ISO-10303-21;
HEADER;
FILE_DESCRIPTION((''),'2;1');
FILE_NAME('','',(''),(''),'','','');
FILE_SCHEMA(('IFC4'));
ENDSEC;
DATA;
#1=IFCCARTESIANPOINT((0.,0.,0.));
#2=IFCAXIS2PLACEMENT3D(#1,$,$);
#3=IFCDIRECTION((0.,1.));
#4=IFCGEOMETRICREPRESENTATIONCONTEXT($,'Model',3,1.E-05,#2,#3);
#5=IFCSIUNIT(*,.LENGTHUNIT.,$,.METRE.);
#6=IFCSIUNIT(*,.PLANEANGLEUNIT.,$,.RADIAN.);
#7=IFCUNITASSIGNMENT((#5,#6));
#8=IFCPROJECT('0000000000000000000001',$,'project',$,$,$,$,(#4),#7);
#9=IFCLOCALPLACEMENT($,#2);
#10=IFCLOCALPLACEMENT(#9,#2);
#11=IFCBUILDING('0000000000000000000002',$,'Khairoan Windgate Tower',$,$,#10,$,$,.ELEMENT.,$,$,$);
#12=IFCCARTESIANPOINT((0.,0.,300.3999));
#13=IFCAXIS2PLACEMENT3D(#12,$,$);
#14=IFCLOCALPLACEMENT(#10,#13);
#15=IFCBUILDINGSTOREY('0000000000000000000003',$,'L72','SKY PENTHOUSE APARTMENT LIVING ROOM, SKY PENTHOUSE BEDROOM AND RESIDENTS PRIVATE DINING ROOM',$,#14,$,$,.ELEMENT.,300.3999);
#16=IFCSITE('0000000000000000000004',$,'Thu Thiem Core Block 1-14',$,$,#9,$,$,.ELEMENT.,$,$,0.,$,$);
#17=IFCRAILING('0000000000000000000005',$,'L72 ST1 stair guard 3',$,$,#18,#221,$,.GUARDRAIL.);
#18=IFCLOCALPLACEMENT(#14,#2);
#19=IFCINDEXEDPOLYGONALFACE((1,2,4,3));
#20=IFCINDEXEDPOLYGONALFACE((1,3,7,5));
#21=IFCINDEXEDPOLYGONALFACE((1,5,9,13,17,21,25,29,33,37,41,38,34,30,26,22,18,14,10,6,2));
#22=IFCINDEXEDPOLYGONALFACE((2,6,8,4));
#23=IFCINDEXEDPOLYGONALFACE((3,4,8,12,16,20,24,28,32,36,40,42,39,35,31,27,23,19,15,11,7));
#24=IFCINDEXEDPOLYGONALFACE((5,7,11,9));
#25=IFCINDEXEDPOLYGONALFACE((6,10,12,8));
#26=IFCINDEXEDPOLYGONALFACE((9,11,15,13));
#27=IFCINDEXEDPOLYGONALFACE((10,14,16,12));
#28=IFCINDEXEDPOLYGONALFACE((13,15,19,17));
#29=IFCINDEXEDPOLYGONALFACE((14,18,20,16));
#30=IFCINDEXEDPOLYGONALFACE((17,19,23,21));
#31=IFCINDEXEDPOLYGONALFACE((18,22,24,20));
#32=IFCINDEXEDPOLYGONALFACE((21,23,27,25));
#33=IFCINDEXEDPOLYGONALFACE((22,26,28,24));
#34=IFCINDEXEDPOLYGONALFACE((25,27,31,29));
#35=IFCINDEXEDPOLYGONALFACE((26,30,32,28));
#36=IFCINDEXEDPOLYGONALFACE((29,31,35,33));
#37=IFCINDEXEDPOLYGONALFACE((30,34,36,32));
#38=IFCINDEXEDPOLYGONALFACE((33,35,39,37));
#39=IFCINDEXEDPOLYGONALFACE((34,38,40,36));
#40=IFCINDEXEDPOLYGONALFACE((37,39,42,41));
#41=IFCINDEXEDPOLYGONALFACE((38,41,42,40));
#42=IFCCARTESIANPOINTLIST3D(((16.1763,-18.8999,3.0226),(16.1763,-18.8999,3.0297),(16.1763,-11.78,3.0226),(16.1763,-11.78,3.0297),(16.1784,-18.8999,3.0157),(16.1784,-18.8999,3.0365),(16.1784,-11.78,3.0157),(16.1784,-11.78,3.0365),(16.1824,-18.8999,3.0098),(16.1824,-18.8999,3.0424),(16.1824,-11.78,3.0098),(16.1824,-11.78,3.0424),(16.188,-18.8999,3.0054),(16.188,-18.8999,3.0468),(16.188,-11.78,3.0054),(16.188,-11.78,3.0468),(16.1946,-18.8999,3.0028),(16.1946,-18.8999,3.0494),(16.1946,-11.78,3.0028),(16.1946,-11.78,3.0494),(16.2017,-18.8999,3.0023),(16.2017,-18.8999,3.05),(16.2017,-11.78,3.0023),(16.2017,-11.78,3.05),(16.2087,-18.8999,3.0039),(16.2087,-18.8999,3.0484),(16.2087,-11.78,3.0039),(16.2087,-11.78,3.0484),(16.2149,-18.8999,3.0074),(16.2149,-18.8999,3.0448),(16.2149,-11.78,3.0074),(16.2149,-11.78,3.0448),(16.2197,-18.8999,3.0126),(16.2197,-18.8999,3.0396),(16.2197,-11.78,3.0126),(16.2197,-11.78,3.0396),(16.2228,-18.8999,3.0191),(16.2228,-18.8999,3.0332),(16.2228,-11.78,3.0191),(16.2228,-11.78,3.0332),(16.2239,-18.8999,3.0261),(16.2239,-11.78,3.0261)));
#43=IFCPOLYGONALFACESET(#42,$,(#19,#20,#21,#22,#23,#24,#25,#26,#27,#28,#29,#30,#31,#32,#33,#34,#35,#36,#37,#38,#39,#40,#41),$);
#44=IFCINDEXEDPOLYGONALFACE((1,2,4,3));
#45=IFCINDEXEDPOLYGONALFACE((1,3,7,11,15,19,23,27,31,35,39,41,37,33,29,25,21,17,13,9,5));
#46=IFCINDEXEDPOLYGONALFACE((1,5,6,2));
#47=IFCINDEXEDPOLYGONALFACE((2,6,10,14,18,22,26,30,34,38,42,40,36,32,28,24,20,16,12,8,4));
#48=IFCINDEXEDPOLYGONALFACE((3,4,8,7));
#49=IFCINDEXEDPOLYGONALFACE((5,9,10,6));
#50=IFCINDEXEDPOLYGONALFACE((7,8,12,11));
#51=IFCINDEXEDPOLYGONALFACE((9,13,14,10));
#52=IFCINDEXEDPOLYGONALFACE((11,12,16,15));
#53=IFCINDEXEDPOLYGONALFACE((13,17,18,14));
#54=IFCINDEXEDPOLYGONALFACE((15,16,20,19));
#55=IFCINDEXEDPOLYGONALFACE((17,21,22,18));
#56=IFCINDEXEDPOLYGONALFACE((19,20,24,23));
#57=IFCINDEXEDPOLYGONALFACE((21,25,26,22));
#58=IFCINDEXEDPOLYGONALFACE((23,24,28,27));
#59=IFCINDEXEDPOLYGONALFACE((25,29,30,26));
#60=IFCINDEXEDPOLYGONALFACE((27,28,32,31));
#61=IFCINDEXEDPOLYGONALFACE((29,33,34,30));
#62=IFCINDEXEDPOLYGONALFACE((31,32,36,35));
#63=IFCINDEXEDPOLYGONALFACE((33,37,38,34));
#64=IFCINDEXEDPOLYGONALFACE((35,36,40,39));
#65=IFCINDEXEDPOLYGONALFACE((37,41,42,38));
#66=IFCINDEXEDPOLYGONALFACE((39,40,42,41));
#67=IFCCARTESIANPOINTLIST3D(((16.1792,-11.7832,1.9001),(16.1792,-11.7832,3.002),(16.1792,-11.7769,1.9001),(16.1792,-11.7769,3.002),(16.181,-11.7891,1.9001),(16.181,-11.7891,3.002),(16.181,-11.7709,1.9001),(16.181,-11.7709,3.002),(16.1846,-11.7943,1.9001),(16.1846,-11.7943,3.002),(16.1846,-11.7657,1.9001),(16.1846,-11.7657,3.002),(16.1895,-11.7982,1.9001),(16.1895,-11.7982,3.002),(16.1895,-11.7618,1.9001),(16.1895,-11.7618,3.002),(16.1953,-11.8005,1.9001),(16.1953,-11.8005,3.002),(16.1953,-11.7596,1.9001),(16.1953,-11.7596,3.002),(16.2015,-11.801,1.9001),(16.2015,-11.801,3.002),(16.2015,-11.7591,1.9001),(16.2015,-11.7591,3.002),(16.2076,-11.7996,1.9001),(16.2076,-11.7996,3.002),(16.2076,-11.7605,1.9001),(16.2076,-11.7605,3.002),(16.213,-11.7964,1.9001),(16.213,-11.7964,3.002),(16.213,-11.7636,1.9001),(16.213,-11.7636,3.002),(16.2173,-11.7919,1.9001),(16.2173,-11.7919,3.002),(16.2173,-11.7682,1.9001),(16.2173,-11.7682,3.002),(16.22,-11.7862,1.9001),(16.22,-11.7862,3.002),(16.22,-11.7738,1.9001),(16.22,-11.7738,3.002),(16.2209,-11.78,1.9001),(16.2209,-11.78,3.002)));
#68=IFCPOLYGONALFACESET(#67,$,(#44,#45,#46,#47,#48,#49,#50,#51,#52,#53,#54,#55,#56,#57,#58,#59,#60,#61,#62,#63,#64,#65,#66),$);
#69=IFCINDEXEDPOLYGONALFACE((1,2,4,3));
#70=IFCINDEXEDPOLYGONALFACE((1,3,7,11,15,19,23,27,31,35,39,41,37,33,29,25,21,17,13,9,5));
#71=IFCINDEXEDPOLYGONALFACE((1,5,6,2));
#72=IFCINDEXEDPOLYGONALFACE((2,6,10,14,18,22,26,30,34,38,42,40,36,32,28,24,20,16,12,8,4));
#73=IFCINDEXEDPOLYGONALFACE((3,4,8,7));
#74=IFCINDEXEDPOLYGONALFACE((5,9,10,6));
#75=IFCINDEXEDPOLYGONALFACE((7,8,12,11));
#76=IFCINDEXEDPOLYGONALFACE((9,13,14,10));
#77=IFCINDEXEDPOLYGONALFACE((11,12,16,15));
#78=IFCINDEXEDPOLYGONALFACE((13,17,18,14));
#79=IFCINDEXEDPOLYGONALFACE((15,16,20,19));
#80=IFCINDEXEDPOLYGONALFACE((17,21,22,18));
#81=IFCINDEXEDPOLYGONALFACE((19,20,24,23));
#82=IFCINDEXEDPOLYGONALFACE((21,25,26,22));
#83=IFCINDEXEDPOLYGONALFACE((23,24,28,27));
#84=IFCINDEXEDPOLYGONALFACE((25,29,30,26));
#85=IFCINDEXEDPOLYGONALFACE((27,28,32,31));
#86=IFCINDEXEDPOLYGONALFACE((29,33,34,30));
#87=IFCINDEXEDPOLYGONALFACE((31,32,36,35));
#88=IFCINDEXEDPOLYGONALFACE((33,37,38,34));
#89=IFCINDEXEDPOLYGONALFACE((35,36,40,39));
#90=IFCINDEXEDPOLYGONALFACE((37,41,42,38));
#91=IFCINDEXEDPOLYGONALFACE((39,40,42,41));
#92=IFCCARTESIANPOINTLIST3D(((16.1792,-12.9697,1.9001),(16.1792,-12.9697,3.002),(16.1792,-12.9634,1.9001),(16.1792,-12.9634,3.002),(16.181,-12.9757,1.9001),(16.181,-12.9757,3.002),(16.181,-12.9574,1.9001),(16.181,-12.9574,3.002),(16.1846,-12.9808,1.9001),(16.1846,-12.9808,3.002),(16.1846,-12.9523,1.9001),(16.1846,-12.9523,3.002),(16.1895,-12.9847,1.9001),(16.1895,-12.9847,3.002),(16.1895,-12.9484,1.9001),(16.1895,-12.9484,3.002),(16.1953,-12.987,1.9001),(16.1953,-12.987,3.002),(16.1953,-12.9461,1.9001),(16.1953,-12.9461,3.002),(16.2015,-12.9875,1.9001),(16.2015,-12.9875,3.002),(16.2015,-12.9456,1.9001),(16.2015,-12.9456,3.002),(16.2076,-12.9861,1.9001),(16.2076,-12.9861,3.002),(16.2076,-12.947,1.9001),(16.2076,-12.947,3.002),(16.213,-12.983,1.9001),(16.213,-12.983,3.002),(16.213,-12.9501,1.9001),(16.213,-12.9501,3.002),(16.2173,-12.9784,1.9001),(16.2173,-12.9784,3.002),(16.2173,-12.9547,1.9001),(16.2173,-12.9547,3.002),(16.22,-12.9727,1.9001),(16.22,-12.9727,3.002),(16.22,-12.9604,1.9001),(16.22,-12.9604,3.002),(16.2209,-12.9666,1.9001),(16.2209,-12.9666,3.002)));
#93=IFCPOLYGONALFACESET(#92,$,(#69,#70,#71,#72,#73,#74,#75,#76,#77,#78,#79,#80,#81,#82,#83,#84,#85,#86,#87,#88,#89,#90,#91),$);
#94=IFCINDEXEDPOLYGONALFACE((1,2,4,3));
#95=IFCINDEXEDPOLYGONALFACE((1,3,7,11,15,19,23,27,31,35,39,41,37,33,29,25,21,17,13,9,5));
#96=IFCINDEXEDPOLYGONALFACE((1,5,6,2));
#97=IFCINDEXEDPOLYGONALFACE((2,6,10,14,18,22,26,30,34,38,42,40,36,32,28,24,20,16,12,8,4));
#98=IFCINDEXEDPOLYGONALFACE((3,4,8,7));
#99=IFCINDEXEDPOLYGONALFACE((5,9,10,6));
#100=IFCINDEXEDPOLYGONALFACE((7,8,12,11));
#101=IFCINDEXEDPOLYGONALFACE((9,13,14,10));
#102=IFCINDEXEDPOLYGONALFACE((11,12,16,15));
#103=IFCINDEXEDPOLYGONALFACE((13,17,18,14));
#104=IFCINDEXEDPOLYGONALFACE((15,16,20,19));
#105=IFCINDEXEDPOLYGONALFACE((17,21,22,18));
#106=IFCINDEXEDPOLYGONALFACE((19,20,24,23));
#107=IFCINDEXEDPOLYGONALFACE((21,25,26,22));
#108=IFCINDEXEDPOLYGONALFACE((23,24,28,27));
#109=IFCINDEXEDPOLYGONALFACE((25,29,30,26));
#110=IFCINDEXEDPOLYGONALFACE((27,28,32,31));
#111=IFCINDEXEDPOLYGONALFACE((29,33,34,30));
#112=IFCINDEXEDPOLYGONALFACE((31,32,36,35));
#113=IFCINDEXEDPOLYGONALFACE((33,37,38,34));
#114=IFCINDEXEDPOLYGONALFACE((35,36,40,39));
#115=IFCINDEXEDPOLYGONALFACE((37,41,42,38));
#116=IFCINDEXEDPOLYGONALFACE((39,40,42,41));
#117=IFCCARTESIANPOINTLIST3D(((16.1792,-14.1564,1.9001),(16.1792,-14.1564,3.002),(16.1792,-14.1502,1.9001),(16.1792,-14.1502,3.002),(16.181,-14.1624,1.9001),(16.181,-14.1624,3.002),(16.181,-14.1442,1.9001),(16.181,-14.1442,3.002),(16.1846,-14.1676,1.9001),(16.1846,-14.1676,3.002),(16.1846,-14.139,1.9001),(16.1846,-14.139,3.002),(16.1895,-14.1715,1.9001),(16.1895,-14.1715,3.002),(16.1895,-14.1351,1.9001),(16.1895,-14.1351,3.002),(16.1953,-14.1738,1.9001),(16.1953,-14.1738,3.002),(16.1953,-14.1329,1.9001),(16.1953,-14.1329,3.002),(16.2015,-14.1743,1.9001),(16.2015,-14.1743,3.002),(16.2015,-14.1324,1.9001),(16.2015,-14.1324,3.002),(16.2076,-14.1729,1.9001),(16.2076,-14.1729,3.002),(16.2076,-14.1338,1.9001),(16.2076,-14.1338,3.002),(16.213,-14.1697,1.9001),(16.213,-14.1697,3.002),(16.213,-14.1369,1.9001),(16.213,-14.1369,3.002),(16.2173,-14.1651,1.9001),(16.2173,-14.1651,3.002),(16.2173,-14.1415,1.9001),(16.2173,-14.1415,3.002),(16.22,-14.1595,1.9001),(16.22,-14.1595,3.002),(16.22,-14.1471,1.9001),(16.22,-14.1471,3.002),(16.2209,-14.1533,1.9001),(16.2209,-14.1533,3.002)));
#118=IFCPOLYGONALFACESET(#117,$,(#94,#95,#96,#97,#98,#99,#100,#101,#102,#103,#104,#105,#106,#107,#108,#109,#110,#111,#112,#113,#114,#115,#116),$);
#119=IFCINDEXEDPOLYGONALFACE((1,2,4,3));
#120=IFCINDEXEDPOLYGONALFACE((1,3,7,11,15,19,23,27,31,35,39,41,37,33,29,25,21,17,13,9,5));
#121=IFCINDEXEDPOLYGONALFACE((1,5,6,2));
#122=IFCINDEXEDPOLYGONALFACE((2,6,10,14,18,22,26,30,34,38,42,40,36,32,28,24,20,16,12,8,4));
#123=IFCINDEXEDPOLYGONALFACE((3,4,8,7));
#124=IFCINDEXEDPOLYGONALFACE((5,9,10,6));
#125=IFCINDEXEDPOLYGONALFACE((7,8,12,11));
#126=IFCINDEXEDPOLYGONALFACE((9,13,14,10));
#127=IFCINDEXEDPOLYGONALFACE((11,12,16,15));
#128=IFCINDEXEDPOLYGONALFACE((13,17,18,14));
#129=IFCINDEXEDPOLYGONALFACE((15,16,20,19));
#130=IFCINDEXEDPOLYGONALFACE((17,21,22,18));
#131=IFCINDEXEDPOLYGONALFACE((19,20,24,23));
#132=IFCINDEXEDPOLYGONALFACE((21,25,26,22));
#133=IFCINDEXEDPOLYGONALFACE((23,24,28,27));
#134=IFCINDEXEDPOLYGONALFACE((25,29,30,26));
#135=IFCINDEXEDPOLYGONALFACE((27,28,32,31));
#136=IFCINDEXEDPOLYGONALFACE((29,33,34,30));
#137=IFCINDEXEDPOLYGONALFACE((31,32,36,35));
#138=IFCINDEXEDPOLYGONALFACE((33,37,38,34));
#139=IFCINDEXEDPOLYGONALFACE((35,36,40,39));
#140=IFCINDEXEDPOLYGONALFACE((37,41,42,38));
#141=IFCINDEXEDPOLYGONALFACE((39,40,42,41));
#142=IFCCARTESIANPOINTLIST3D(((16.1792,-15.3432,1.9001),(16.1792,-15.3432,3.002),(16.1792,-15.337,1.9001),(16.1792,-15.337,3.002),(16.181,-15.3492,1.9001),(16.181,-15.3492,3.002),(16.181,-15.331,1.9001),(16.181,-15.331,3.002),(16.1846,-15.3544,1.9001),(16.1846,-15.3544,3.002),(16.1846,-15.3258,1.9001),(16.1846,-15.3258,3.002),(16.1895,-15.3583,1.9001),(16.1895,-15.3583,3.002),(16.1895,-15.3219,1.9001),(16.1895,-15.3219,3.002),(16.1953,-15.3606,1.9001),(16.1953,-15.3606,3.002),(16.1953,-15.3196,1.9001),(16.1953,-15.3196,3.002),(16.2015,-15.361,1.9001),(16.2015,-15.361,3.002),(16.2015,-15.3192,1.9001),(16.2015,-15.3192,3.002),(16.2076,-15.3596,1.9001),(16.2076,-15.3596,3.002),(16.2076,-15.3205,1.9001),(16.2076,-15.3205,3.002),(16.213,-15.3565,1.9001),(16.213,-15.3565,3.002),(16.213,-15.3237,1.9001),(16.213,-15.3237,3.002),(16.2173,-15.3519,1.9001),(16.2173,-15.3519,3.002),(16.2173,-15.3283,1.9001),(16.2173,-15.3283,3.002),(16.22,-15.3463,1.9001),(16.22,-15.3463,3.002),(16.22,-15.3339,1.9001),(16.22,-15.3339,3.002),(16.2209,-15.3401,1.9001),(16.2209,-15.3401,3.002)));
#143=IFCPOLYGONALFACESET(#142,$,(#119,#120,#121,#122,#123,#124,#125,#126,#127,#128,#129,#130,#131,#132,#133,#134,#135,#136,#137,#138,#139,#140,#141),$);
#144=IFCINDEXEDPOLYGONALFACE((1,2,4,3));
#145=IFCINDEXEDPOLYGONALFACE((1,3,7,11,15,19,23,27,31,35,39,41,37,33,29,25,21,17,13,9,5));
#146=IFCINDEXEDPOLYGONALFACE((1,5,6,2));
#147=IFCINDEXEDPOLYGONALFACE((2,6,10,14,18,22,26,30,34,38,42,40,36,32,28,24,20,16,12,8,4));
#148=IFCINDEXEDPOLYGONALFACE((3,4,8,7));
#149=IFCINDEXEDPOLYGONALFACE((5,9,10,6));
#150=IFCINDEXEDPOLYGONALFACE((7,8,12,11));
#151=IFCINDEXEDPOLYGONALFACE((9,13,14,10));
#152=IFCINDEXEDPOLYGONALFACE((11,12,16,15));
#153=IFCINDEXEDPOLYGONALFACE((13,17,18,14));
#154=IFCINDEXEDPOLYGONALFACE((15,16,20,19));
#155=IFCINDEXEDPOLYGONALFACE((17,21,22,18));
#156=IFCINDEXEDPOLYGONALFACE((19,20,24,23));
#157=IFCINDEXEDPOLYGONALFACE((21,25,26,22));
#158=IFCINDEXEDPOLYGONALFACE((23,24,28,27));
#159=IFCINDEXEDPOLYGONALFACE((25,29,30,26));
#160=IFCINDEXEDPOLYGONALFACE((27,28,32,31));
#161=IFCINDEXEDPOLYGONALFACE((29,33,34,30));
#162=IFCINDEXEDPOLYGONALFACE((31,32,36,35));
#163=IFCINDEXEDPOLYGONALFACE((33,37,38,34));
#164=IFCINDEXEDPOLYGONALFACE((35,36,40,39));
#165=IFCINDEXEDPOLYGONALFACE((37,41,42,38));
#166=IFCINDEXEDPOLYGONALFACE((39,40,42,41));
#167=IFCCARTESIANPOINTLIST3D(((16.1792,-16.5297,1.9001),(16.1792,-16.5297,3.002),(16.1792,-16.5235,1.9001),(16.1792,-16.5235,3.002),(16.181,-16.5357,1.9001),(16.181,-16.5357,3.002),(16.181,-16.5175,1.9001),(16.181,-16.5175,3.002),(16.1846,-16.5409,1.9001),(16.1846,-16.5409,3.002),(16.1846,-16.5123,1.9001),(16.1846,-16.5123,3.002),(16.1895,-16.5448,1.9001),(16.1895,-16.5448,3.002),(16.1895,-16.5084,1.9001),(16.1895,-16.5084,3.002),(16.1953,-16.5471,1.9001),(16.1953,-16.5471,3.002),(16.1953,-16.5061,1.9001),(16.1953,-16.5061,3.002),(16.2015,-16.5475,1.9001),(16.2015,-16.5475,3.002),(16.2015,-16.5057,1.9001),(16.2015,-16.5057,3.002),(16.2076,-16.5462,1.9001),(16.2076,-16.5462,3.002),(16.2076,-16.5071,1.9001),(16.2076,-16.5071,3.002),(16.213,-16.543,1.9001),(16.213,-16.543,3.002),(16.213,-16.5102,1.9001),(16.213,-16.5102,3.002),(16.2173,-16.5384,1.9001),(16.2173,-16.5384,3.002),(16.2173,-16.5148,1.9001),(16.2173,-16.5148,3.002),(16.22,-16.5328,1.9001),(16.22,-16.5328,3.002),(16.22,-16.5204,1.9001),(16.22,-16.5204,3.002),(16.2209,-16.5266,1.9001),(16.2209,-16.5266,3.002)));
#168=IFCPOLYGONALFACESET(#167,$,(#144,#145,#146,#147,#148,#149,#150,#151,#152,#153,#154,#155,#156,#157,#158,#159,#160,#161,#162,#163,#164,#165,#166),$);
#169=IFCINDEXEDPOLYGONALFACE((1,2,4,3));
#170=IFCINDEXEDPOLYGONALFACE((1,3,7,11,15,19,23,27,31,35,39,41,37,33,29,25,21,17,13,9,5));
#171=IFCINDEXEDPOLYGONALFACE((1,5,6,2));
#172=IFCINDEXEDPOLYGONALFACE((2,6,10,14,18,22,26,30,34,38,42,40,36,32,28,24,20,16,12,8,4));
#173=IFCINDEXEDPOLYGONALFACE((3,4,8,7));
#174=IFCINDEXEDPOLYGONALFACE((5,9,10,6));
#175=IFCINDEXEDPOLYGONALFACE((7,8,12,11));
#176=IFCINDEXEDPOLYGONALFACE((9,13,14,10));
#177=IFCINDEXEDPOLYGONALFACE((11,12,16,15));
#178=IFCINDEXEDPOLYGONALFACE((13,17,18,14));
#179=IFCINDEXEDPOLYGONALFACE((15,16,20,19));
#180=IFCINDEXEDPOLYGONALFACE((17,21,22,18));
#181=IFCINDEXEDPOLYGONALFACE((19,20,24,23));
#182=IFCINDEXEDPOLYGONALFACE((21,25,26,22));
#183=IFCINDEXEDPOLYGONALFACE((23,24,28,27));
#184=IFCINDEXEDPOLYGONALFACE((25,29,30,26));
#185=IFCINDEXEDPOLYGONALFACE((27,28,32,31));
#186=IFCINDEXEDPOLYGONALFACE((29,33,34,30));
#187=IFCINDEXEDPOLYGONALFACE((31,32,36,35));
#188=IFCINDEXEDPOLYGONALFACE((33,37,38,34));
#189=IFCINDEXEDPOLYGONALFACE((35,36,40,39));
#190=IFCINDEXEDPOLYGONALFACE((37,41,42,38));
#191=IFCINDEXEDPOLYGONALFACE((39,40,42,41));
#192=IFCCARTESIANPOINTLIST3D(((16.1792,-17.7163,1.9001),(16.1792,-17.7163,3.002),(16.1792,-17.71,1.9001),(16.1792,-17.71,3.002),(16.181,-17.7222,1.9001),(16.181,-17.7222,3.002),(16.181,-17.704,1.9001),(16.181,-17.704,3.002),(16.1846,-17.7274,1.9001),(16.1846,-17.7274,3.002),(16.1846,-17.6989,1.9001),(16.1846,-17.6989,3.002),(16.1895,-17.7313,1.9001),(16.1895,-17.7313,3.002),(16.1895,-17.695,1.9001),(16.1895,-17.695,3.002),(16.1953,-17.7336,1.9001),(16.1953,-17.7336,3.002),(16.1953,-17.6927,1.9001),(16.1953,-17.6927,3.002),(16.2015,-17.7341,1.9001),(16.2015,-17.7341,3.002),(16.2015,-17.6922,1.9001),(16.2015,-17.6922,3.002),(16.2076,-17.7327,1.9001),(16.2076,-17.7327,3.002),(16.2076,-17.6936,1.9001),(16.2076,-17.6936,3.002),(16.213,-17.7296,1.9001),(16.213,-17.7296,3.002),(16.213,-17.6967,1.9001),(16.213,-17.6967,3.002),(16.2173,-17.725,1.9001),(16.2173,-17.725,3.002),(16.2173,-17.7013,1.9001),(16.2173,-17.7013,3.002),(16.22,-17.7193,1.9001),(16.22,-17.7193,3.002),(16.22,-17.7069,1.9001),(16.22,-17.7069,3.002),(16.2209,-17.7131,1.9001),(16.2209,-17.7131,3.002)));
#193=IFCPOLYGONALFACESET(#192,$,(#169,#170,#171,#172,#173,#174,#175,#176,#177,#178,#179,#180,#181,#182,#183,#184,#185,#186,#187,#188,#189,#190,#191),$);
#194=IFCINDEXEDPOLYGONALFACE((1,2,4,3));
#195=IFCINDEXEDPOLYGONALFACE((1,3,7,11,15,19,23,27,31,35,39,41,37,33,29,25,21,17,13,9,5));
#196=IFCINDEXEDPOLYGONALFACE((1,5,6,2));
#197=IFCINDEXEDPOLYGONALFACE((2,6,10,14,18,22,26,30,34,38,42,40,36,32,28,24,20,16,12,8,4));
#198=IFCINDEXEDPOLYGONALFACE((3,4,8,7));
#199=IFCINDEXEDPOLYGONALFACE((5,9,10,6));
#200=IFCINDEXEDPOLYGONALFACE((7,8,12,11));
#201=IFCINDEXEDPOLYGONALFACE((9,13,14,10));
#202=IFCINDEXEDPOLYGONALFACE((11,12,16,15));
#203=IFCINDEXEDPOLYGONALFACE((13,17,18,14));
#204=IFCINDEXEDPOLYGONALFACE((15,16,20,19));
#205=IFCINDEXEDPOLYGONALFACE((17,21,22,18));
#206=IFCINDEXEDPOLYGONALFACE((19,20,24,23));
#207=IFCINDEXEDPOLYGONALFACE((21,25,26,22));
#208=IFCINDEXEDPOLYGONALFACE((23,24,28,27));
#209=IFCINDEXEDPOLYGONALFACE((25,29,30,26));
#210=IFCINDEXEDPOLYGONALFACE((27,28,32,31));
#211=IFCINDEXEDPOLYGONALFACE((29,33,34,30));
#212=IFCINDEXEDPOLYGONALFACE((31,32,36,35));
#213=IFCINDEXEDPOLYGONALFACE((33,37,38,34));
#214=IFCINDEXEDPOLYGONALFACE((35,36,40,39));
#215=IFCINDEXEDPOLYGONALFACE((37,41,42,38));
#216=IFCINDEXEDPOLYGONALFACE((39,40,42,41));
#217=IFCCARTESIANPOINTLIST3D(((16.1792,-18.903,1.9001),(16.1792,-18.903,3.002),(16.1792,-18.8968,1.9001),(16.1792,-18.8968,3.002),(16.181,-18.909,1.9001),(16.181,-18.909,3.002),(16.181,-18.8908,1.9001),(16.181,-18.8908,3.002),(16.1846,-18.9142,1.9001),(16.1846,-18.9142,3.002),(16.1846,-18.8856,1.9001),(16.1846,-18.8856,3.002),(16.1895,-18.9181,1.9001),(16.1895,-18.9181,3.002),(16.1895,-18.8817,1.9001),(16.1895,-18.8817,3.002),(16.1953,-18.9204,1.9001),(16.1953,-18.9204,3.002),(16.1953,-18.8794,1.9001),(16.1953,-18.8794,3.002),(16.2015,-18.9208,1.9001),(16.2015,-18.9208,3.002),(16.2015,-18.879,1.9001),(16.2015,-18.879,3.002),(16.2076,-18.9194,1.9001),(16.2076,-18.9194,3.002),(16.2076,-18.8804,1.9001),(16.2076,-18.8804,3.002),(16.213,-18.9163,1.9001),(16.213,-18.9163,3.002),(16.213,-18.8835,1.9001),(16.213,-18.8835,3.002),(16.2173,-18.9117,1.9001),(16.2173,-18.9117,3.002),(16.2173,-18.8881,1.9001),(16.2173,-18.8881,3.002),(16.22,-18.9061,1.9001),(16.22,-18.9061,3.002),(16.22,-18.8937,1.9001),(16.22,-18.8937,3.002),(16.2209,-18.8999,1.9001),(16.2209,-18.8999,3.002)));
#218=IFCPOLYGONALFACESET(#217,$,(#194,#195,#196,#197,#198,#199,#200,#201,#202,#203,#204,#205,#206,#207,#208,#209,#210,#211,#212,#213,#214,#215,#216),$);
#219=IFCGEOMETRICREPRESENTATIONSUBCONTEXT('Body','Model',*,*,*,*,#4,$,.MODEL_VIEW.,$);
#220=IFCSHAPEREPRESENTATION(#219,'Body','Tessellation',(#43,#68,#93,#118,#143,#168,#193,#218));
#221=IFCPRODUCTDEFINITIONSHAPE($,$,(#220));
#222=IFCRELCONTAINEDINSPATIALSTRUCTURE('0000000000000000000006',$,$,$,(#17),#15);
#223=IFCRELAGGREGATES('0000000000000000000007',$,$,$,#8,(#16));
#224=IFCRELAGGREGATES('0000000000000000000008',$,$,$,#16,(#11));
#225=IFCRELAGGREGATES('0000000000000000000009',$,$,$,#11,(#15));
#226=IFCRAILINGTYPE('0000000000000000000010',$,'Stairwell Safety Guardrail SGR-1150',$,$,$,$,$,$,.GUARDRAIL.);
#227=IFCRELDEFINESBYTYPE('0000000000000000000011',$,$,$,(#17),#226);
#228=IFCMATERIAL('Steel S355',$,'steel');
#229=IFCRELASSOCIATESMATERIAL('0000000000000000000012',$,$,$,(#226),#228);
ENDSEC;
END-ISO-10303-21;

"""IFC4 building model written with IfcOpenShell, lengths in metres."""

from ifc_helpers import new_model, si_unit, direction, frame, origin, origin_2d, place, context, subcontext, project, spatial, circle, extrude, material, type_object, element, save


model = new_model("IFC4")

# Units and contexts
model_context = context("Model", 3, precision=1e-05, world=origin(), true_north=direction((0.0, 1.0)))
body_context = subcontext(model_context, "Body", "Model", "MODEL_VIEW")
ifc_project = project(units=[si_unit("LENGTHUNIT", "METRE"), si_unit("PLANEANGLEUNIT", "RADIAN")], contexts=[model_context])

# Site, building, storey
site_placement = place(None, origin())
site = spatial("IfcSite", under=ifc_project, at=site_placement, Name="Thu Thiem Core Block 1-14", CompositionType="ELEMENT", RefElevation=0.0)
building_placement = place(site_placement, origin())
building = spatial("IfcBuilding", under=site, at=building_placement, Name="Khairoan Windgate Tower", CompositionType="ELEMENT")
storey_placement = place(building_placement, frame((0.0, 0.0, 300.3999)))
storey = spatial("IfcBuildingStorey", under=building, at=storey_placement, Name="L72", Description="SKY PENTHOUSE APARTMENT LIVING ROOM, SKY PENTHOUSE BEDROOM AND RESIDENTS PRIVATE DINING ROOM", CompositionType="ELEMENT", Elevation=300.3999)

# Railing
ifc_material_1 = material(Name="Steel S355", Category="steel")
railing_type_1 = type_object("IfcRailingType", Name="Stairwell Safety Guardrail SGR-1150", PredefinedType="GUARDRAIL", material=ifc_material_1)
railing_1_placement = place(storey_placement, frame((16.2, -11.78, 1.9001)))
element("IfcRailing", 1, at=railing_1_placement, inside=storey, type_object=railing_type_1, Name="L72 ST1 stair guard 3", PredefinedType="GUARDRAIL", context=body_context, shape_type="SweptSolid", body=[
    extrude(circle(Radius=0.0239, at=origin_2d()), frame((0.0, 0.0, 1.126), z_axis=(0.0, -1.0, 0.0), x_axis=(1.0, 0.0, 0.0)), (0.0, 0.0, 1.0), 7.1199),
    extrude(circle(Radius=0.021, at=origin_2d()), origin(), (0.0, 0.0, 1.0), 1.1018),
    extrude(circle(Radius=0.021, at=origin_2d()), frame((0.0, -1.1865, 0.0)), (0.0, 0.0, 1.0), 1.1018),
    extrude(circle(Radius=0.021, at=origin_2d()), frame((0.0, -2.3733, 0.0)), (0.0, 0.0, 1.0), 1.1018),
    extrude(circle(Radius=0.021, at=origin_2d()), frame((0.0, -3.5601, 0.0)), (0.0, 0.0, 1.0), 1.1018),
    extrude(circle(Radius=0.021, at=origin_2d()), frame((0.0, -4.7466, 0.0)), (0.0, 0.0, 1.0), 1.1018),
    extrude(circle(Radius=0.021, at=origin_2d()), frame((0.0, -5.9331, 0.0)), (0.0, 0.0, 1.0), 1.1018),
    extrude(circle(Radius=0.021, at=origin_2d()), frame((0.0, -7.1199, 0.0)), (0.0, 0.0, 1.0), 1.1018),
])

save(model, "model.ifc")
